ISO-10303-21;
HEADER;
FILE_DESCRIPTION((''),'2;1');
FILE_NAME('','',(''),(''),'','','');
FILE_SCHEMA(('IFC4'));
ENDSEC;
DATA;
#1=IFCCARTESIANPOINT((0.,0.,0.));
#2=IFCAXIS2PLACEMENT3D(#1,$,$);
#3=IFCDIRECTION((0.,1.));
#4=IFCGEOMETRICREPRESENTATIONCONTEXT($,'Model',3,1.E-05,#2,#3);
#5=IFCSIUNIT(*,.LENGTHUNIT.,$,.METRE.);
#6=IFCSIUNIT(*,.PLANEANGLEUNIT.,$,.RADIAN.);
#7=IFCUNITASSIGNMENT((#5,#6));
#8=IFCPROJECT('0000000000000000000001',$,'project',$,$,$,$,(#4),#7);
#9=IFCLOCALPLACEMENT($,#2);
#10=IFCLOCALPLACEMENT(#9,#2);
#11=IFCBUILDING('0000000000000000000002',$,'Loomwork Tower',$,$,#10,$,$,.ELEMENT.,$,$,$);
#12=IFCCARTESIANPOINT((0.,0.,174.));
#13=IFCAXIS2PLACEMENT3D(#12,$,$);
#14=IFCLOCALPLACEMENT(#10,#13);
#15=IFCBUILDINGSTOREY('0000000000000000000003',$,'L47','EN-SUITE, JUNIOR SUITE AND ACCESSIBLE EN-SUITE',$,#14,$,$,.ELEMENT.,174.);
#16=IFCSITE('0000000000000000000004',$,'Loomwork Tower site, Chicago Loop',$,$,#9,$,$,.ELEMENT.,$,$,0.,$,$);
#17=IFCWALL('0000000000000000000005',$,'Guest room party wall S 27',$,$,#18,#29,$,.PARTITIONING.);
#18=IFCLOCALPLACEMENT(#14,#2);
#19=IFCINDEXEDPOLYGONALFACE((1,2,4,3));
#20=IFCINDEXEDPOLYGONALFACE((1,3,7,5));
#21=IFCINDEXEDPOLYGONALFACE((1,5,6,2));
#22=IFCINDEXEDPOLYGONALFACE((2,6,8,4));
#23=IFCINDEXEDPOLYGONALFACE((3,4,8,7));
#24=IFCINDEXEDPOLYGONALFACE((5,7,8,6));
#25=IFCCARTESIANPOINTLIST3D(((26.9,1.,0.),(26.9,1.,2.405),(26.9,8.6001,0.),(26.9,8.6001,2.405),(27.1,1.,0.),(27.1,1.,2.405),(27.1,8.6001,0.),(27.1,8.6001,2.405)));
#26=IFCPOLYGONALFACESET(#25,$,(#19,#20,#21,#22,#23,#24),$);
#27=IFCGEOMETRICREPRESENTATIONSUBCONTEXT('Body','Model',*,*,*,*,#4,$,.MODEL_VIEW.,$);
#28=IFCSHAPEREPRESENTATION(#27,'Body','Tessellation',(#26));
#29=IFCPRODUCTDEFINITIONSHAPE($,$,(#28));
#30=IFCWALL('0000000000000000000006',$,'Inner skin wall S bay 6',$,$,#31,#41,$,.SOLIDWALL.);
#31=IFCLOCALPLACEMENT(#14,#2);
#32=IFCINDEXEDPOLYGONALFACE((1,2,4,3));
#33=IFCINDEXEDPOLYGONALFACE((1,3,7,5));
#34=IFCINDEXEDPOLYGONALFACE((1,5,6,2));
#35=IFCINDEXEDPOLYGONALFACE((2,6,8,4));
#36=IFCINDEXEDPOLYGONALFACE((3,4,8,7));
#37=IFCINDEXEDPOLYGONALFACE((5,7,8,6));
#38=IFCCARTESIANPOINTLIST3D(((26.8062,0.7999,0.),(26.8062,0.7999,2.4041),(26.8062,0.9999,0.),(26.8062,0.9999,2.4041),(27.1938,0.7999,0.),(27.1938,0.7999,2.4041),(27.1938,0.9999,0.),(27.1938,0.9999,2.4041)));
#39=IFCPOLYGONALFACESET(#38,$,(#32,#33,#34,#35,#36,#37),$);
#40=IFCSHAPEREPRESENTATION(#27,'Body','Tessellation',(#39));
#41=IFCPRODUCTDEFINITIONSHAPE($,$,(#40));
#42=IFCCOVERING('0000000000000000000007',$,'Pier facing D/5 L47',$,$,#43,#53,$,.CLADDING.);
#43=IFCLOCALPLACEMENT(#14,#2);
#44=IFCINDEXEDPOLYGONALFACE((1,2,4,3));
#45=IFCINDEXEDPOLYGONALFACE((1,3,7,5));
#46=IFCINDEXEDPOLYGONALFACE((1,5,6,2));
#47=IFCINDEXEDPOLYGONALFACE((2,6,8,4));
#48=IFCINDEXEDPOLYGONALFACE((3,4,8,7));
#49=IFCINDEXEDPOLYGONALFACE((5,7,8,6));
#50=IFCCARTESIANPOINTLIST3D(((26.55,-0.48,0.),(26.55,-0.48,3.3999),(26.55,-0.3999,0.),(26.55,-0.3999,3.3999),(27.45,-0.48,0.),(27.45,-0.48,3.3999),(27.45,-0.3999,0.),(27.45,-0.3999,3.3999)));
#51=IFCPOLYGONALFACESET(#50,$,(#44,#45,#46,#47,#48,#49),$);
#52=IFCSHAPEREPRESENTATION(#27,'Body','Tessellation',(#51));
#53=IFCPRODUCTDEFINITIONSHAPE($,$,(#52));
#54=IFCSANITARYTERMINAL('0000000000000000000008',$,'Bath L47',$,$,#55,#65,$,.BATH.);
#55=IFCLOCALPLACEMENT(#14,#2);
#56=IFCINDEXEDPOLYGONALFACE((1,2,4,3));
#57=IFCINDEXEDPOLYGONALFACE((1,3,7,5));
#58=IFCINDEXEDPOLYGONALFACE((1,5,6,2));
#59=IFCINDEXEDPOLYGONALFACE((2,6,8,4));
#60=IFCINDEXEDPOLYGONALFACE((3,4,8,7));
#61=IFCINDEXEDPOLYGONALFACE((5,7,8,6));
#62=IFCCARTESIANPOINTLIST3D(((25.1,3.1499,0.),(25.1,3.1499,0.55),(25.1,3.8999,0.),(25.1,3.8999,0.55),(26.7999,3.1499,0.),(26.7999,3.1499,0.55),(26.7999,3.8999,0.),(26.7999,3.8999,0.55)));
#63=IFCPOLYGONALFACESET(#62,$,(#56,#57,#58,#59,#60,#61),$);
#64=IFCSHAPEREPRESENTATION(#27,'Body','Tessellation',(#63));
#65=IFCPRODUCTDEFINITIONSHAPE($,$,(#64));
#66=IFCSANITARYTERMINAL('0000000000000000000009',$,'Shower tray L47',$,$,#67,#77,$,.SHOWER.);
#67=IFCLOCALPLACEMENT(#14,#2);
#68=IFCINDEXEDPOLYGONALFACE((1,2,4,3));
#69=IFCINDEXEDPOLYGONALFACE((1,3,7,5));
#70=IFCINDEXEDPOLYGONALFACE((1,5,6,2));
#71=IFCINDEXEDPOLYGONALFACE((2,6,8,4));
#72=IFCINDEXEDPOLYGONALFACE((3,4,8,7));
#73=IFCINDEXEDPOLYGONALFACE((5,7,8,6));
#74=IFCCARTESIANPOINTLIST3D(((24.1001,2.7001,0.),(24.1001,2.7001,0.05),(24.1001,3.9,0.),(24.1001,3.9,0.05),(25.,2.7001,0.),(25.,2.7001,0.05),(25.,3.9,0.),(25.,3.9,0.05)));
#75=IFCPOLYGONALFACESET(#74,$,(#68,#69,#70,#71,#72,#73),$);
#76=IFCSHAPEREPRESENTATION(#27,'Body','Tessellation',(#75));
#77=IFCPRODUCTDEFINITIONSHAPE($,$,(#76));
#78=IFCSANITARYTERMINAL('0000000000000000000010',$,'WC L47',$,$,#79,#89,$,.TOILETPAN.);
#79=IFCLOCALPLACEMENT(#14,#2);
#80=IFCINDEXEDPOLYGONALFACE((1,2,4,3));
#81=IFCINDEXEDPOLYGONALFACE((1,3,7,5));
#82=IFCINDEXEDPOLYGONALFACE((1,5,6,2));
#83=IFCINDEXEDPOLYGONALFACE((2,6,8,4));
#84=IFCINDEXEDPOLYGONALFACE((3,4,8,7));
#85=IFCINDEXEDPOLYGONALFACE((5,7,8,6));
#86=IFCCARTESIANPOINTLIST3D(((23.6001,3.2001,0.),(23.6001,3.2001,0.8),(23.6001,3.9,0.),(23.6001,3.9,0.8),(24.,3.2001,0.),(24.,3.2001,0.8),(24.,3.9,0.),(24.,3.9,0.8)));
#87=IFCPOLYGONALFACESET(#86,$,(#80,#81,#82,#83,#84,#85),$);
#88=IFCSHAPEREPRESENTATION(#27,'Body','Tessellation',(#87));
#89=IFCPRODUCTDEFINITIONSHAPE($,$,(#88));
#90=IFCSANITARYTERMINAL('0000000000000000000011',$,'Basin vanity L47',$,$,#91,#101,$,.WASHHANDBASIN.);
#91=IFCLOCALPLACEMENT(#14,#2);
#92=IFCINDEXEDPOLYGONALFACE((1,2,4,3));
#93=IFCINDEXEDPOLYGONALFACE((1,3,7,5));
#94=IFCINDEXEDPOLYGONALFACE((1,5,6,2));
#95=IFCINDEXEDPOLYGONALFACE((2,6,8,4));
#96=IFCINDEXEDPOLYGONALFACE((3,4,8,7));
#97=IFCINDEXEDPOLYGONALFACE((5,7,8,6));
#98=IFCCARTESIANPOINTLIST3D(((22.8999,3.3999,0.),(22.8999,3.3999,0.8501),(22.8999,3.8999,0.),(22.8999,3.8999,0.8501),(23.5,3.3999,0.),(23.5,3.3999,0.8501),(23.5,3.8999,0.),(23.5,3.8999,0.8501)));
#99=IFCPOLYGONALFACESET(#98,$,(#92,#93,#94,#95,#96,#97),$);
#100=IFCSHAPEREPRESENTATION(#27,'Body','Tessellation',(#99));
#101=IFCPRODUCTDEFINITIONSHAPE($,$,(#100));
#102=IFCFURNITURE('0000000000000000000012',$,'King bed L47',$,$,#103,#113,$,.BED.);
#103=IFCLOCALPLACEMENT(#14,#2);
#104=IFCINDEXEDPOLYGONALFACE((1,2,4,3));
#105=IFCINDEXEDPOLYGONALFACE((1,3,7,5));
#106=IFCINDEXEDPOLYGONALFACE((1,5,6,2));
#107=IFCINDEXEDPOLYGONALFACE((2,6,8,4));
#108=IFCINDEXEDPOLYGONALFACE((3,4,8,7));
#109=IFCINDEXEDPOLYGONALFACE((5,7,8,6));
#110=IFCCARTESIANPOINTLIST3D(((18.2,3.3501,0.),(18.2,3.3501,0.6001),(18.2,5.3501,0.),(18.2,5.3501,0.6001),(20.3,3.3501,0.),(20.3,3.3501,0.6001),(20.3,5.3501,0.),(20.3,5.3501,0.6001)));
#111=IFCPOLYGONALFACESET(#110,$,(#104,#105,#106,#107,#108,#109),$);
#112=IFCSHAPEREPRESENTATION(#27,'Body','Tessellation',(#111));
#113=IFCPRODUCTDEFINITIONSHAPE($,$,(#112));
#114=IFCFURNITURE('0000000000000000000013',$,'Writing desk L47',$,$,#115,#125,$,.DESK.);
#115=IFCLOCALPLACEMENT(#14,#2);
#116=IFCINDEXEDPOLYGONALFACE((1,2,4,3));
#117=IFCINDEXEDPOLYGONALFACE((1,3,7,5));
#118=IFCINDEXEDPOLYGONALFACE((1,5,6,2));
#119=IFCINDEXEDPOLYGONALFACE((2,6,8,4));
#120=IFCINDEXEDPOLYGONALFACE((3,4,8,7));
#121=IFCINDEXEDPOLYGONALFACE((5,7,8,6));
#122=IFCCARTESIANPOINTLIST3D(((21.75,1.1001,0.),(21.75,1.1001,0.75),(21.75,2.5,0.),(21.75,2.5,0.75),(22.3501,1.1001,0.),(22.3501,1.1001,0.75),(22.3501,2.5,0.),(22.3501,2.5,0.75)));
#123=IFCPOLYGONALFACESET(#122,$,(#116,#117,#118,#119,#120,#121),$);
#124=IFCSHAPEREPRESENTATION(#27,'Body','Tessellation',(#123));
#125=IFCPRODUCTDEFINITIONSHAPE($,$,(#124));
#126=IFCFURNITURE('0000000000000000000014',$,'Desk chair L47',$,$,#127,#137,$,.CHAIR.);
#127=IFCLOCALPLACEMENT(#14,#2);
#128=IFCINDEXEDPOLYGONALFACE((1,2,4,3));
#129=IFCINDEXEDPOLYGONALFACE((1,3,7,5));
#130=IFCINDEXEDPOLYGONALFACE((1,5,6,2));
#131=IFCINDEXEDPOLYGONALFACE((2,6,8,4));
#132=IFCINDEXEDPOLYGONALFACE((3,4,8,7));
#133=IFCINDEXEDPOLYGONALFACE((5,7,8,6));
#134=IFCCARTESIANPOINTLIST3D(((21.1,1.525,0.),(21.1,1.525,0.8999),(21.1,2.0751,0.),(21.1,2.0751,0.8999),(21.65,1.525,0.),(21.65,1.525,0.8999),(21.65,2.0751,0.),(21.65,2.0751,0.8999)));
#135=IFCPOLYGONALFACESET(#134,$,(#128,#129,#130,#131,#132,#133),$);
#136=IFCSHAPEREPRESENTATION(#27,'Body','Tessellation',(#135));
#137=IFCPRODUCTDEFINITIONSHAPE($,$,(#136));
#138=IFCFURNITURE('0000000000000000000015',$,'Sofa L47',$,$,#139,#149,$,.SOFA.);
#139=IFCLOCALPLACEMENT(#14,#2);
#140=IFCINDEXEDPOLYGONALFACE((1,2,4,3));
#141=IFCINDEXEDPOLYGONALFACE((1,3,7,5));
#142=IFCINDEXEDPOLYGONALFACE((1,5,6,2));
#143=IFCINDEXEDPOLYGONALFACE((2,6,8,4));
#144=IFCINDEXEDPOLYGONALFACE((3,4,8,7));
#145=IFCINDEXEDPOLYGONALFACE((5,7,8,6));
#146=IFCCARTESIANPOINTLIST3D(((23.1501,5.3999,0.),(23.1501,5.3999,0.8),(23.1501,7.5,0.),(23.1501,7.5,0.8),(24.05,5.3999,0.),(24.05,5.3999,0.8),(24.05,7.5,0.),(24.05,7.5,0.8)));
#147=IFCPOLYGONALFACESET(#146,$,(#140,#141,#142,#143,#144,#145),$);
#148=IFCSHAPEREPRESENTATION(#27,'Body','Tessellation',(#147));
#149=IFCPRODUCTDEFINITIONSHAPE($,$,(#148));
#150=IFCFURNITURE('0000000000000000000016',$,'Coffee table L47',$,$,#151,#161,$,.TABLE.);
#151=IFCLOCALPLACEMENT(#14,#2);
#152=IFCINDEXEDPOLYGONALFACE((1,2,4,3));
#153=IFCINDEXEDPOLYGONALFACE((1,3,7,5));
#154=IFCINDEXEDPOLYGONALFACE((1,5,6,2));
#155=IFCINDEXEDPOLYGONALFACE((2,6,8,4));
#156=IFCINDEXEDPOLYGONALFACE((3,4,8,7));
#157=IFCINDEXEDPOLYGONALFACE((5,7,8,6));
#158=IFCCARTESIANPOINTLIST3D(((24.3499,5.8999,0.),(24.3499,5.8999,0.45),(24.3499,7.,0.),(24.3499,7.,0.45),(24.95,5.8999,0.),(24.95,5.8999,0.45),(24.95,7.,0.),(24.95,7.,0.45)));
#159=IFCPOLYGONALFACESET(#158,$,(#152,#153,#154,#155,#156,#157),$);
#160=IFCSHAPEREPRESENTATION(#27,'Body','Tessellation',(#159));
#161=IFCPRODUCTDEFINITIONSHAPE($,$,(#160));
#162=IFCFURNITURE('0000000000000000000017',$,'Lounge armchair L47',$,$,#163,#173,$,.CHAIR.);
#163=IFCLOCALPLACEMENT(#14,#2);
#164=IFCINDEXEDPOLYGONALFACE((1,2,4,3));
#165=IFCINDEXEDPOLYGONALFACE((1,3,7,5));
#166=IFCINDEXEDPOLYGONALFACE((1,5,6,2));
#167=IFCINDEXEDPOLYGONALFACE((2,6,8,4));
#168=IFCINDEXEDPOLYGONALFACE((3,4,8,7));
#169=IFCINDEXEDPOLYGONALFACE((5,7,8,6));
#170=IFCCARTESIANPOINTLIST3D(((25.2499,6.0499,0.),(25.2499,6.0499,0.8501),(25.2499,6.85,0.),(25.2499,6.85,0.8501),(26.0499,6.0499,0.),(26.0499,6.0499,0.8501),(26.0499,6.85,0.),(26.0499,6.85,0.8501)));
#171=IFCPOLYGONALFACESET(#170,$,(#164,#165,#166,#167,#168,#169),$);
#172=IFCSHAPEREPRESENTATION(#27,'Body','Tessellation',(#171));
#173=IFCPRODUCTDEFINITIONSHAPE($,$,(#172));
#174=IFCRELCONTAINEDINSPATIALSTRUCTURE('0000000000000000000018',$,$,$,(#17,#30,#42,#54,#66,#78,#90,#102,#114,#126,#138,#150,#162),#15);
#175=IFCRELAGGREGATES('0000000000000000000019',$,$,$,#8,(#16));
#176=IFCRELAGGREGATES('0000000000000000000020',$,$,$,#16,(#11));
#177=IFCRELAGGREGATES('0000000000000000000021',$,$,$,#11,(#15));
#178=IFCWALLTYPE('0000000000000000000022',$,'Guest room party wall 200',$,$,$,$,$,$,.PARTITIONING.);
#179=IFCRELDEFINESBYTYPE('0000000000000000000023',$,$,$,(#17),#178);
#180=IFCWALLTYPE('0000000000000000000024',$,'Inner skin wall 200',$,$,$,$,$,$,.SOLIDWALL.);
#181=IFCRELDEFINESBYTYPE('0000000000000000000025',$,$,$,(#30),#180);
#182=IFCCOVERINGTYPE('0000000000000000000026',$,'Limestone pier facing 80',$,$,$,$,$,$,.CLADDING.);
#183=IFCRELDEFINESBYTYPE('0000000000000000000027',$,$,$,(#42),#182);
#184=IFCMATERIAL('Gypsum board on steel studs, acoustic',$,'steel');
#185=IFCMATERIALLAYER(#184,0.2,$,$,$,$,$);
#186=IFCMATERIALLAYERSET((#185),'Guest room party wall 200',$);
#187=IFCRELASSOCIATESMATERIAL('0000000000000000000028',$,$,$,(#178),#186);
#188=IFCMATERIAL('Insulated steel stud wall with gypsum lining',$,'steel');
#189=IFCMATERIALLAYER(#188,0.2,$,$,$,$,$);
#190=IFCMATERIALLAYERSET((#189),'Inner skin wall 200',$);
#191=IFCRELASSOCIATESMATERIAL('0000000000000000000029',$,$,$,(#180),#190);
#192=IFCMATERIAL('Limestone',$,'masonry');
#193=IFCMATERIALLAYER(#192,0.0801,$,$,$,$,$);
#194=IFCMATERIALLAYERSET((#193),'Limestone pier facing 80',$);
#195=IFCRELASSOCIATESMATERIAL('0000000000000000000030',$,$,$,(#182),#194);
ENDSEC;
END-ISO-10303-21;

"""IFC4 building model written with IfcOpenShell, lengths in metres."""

from ifc_helpers import new_model, si_unit, direction, frame, frame_2d, origin, origin_2d, place, context, subcontext, project, spatial, rectangle, extrude, material, layer, layer_set, type_object, element, save


model = new_model("IFC4")

# Units and contexts
model_context = context("Model", 3, precision=1e-05, world=origin(), true_north=direction((0.0, 1.0)))
body_context = subcontext(model_context, "Body", "Model", "MODEL_VIEW")
ifc_project = project(units=[si_unit("LENGTHUNIT", "METRE"), si_unit("PLANEANGLEUNIT", "RADIAN")], contexts=[model_context])

# Site, building, storey
site_placement = place(None, origin())
site = spatial("IfcSite", under=ifc_project, at=site_placement, Name="Loomwork Tower site, Chicago Loop", CompositionType="ELEMENT", RefElevation=0.0)
building_placement = place(site_placement, origin())
building = spatial("IfcBuilding", under=site, at=building_placement, Name="Loomwork Tower", CompositionType="ELEMENT")
storey_placement = place(building_placement, frame((0.0, 0.0, 174.0)))
storey = spatial("IfcBuildingStorey", under=building, at=storey_placement, Name="L47", Description="EN-SUITE, JUNIOR SUITE AND ACCESSIBLE EN-SUITE", CompositionType="ELEMENT", Elevation=174.0)

# Walls
ifc_material_1 = material(Name="Gypsum board on steel studs, acoustic", Category="steel")
ifc_layer_1 = layer(ifc_material_1, 0.2)
ifc_layer_set_1 = layer_set([ifc_layer_1], Name="Guest room party wall 200")
wall_type_1 = type_object("IfcWallType", Name="Guest room party wall 200", PredefinedType="PARTITIONING", material=ifc_layer_set_1)
wall_1_placement = place(storey_placement, frame((27.0, 8.6001, 0.0), z_axis=(0.0, 0.0, 1.0), x_axis=(0.0, -1.0, 0.0)))
element("IfcWall", 1, at=wall_1_placement, inside=storey, type_object=wall_type_1, Name="Guest room party wall S 27", PredefinedType="PARTITIONING", context=body_context, shape_type="SweptSolid", body=[
    extrude(rectangle(XDim=7.6001, YDim=0.2, at=frame_2d((3.8, 0.0))), origin(), (0.0, 0.0, 1.0), 2.405),
])
ifc_material_2 = material(Name="Insulated steel stud wall with gypsum lining", Category="steel")
ifc_layer_2 = layer(ifc_material_2, 0.2)
ifc_layer_set_2 = layer_set([ifc_layer_2], Name="Inner skin wall 200")
wall_type_2 = type_object("IfcWallType", Name="Inner skin wall 200", PredefinedType="SOLIDWALL", material=ifc_layer_set_2)
wall_2_placement = place(storey_placement, frame((26.8062, 0.8999, 0.0), z_axis=(0.0, 0.0, 1.0), x_axis=(1.0, 0.0, 0.0)))
element("IfcWall", 2, at=wall_2_placement, inside=storey, type_object=wall_type_2, Name="Inner skin wall S bay 6", PredefinedType="SOLIDWALL", context=body_context, shape_type="SweptSolid", body=[
    extrude(rectangle(XDim=0.3877, YDim=0.2, at=frame_2d((0.1938, 0.0))), origin(), (0.0, 0.0, 1.0), 2.4041),
])

# Covering
ifc_material_3 = material(Name="Limestone", Category="masonry")
ifc_layer_3 = layer(ifc_material_3, 0.0801)
ifc_layer_set_3 = layer_set([ifc_layer_3], Name="Limestone pier facing 80")
covering_type = type_object("IfcCoveringType", Name="Limestone pier facing 80", PredefinedType="CLADDING", material=ifc_layer_set_3)
covering_placement = place(storey_placement, frame((27.0, -0.4399, 0.0), z_axis=(0.0, 0.0, 1.0), x_axis=(1.0, 0.0, 0.0)))
element("IfcCovering", 3, at=covering_placement, inside=storey, type_object=covering_type, Name="Pier facing D/5 L47", PredefinedType="CLADDING", context=body_context, shape_type="SweptSolid", body=[
    extrude(rectangle(XDim=0.8999, YDim=0.0801, at=origin_2d()), origin(), (0.0, 0.0, 1.0), 3.3999),
])

# Sanitary terminals
sanitary_terminal_1_placement = place(storey_placement, frame((25.95, 3.5249, 0.0), z_axis=(0.0, 0.0, 1.0), x_axis=(1.0, 0.0, 0.0)))
element("IfcSanitaryTerminal", 4, at=sanitary_terminal_1_placement, inside=storey, Name="Bath L47", PredefinedType="BATH", context=body_context, shape_type="SweptSolid", body=[
    extrude(rectangle(XDim=1.7, YDim=0.75, at=origin_2d()), origin(), (0.0, 0.0, 1.0), 0.55),
])
sanitary_terminal_2_placement = place(storey_placement, frame((24.55, 3.3, 0.0), z_axis=(0.0, 0.0, 1.0), x_axis=(1.0, 0.0, 0.0)))
element("IfcSanitaryTerminal", 5, at=sanitary_terminal_2_placement, inside=storey, Name="Shower tray L47", PredefinedType="SHOWER", context=body_context, shape_type="SweptSolid", body=[
    extrude(rectangle(XDim=0.8999, YDim=1.2, at=origin_2d()), origin(), (0.0, 0.0, 1.0), 0.05),
])
sanitary_terminal_3_placement = place(storey_placement, frame((23.8, 3.55, 0.0), z_axis=(0.0, 0.0, 1.0), x_axis=(1.0, 0.0, 0.0)))
element("IfcSanitaryTerminal", 6, at=sanitary_terminal_3_placement, inside=storey, Name="WC L47", PredefinedType="TOILETPAN", context=body_context, shape_type="SweptSolid", body=[
    extrude(rectangle(XDim=0.3999, YDim=0.7, at=origin_2d()), origin(), (0.0, 0.0, 1.0), 0.8),
])
sanitary_terminal_4_placement = place(storey_placement, frame((23.2, 3.6499, 0.0), z_axis=(0.0, 0.0, 1.0), x_axis=(1.0, 0.0, 0.0)))
element("IfcSanitaryTerminal", 7, at=sanitary_terminal_4_placement, inside=storey, Name="Basin vanity L47", PredefinedType="WASHHANDBASIN", context=body_context, shape_type="SweptSolid", body=[
    extrude(rectangle(XDim=0.6001, YDim=0.5, at=origin_2d()), origin(), (0.0, 0.0, 1.0), 0.8501),
])

# Furniture
furniture_1_placement = place(storey_placement, frame((19.25, 4.3501, 0.0), z_axis=(0.0, 0.0, 1.0), x_axis=(1.0, 0.0, 0.0)))
element("IfcFurniture", 8, at=furniture_1_placement, inside=storey, Name="King bed L47", PredefinedType="BED", context=body_context, shape_type="SweptSolid", body=[
    extrude(rectangle(XDim=2.1001, YDim=2.0, at=origin_2d()), origin(), (0.0, 0.0, 1.0), 0.6001),
])
furniture_2_placement = place(storey_placement, frame((22.05, 1.8, 0.0), z_axis=(0.0, 0.0, 1.0), x_axis=(1.0, 0.0, 0.0)))
element("IfcFurniture", 9, at=furniture_2_placement, inside=storey, Name="Writing desk L47", PredefinedType="DESK", context=body_context, shape_type="SweptSolid", body=[
    extrude(rectangle(XDim=0.6001, YDim=1.3999, at=origin_2d()), origin(), (0.0, 0.0, 1.0), 0.75),
])
furniture_3_placement = place(storey_placement, frame((21.375, 1.8, 0.0), z_axis=(0.0, 0.0, 1.0), x_axis=(1.0, 0.0, 0.0)))
element("IfcFurniture", 10, at=furniture_3_placement, inside=storey, Name="Desk chair L47", PredefinedType="CHAIR", context=body_context, shape_type="SweptSolid", body=[
    extrude(rectangle(XDim=0.55, YDim=0.55, at=origin_2d()), origin(), (0.0, 0.0, 1.0), 0.8999),
])
furniture_4_placement = place(storey_placement, frame((23.6001, 6.45, 0.0), z_axis=(0.0, 0.0, 1.0), x_axis=(1.0, 0.0, 0.0)))
element("IfcFurniture", 11, at=furniture_4_placement, inside=storey, Name="Sofa L47", PredefinedType="SOFA", context=body_context, shape_type="SweptSolid", body=[
    extrude(rectangle(XDim=0.8999, YDim=2.1001, at=origin_2d()), origin(), (0.0, 0.0, 1.0), 0.8),
])
furniture_5_placement = place(storey_placement, frame((24.6499, 6.45, 0.0), z_axis=(0.0, 0.0, 1.0), x_axis=(1.0, 0.0, 0.0)))
element("IfcFurniture", 12, at=furniture_5_placement, inside=storey, Name="Coffee table L47", PredefinedType="TABLE", context=body_context, shape_type="SweptSolid", body=[
    extrude(rectangle(XDim=0.6001, YDim=1.1001, at=origin_2d()), origin(), (0.0, 0.0, 1.0), 0.45),
])
furniture_6_placement = place(storey_placement, frame((25.6499, 6.45, 0.0), z_axis=(0.0, 0.0, 1.0), x_axis=(1.0, 0.0, 0.0)))
element("IfcFurniture", 13, at=furniture_6_placement, inside=storey, Name="Lounge armchair L47", PredefinedType="CHAIR", context=body_context, shape_type="SweptSolid", body=[
    extrude(rectangle(XDim=0.8, YDim=0.8, at=origin_2d()), origin(), (0.0, 0.0, 1.0), 0.8501),
])

save(model, "model.ifc")
